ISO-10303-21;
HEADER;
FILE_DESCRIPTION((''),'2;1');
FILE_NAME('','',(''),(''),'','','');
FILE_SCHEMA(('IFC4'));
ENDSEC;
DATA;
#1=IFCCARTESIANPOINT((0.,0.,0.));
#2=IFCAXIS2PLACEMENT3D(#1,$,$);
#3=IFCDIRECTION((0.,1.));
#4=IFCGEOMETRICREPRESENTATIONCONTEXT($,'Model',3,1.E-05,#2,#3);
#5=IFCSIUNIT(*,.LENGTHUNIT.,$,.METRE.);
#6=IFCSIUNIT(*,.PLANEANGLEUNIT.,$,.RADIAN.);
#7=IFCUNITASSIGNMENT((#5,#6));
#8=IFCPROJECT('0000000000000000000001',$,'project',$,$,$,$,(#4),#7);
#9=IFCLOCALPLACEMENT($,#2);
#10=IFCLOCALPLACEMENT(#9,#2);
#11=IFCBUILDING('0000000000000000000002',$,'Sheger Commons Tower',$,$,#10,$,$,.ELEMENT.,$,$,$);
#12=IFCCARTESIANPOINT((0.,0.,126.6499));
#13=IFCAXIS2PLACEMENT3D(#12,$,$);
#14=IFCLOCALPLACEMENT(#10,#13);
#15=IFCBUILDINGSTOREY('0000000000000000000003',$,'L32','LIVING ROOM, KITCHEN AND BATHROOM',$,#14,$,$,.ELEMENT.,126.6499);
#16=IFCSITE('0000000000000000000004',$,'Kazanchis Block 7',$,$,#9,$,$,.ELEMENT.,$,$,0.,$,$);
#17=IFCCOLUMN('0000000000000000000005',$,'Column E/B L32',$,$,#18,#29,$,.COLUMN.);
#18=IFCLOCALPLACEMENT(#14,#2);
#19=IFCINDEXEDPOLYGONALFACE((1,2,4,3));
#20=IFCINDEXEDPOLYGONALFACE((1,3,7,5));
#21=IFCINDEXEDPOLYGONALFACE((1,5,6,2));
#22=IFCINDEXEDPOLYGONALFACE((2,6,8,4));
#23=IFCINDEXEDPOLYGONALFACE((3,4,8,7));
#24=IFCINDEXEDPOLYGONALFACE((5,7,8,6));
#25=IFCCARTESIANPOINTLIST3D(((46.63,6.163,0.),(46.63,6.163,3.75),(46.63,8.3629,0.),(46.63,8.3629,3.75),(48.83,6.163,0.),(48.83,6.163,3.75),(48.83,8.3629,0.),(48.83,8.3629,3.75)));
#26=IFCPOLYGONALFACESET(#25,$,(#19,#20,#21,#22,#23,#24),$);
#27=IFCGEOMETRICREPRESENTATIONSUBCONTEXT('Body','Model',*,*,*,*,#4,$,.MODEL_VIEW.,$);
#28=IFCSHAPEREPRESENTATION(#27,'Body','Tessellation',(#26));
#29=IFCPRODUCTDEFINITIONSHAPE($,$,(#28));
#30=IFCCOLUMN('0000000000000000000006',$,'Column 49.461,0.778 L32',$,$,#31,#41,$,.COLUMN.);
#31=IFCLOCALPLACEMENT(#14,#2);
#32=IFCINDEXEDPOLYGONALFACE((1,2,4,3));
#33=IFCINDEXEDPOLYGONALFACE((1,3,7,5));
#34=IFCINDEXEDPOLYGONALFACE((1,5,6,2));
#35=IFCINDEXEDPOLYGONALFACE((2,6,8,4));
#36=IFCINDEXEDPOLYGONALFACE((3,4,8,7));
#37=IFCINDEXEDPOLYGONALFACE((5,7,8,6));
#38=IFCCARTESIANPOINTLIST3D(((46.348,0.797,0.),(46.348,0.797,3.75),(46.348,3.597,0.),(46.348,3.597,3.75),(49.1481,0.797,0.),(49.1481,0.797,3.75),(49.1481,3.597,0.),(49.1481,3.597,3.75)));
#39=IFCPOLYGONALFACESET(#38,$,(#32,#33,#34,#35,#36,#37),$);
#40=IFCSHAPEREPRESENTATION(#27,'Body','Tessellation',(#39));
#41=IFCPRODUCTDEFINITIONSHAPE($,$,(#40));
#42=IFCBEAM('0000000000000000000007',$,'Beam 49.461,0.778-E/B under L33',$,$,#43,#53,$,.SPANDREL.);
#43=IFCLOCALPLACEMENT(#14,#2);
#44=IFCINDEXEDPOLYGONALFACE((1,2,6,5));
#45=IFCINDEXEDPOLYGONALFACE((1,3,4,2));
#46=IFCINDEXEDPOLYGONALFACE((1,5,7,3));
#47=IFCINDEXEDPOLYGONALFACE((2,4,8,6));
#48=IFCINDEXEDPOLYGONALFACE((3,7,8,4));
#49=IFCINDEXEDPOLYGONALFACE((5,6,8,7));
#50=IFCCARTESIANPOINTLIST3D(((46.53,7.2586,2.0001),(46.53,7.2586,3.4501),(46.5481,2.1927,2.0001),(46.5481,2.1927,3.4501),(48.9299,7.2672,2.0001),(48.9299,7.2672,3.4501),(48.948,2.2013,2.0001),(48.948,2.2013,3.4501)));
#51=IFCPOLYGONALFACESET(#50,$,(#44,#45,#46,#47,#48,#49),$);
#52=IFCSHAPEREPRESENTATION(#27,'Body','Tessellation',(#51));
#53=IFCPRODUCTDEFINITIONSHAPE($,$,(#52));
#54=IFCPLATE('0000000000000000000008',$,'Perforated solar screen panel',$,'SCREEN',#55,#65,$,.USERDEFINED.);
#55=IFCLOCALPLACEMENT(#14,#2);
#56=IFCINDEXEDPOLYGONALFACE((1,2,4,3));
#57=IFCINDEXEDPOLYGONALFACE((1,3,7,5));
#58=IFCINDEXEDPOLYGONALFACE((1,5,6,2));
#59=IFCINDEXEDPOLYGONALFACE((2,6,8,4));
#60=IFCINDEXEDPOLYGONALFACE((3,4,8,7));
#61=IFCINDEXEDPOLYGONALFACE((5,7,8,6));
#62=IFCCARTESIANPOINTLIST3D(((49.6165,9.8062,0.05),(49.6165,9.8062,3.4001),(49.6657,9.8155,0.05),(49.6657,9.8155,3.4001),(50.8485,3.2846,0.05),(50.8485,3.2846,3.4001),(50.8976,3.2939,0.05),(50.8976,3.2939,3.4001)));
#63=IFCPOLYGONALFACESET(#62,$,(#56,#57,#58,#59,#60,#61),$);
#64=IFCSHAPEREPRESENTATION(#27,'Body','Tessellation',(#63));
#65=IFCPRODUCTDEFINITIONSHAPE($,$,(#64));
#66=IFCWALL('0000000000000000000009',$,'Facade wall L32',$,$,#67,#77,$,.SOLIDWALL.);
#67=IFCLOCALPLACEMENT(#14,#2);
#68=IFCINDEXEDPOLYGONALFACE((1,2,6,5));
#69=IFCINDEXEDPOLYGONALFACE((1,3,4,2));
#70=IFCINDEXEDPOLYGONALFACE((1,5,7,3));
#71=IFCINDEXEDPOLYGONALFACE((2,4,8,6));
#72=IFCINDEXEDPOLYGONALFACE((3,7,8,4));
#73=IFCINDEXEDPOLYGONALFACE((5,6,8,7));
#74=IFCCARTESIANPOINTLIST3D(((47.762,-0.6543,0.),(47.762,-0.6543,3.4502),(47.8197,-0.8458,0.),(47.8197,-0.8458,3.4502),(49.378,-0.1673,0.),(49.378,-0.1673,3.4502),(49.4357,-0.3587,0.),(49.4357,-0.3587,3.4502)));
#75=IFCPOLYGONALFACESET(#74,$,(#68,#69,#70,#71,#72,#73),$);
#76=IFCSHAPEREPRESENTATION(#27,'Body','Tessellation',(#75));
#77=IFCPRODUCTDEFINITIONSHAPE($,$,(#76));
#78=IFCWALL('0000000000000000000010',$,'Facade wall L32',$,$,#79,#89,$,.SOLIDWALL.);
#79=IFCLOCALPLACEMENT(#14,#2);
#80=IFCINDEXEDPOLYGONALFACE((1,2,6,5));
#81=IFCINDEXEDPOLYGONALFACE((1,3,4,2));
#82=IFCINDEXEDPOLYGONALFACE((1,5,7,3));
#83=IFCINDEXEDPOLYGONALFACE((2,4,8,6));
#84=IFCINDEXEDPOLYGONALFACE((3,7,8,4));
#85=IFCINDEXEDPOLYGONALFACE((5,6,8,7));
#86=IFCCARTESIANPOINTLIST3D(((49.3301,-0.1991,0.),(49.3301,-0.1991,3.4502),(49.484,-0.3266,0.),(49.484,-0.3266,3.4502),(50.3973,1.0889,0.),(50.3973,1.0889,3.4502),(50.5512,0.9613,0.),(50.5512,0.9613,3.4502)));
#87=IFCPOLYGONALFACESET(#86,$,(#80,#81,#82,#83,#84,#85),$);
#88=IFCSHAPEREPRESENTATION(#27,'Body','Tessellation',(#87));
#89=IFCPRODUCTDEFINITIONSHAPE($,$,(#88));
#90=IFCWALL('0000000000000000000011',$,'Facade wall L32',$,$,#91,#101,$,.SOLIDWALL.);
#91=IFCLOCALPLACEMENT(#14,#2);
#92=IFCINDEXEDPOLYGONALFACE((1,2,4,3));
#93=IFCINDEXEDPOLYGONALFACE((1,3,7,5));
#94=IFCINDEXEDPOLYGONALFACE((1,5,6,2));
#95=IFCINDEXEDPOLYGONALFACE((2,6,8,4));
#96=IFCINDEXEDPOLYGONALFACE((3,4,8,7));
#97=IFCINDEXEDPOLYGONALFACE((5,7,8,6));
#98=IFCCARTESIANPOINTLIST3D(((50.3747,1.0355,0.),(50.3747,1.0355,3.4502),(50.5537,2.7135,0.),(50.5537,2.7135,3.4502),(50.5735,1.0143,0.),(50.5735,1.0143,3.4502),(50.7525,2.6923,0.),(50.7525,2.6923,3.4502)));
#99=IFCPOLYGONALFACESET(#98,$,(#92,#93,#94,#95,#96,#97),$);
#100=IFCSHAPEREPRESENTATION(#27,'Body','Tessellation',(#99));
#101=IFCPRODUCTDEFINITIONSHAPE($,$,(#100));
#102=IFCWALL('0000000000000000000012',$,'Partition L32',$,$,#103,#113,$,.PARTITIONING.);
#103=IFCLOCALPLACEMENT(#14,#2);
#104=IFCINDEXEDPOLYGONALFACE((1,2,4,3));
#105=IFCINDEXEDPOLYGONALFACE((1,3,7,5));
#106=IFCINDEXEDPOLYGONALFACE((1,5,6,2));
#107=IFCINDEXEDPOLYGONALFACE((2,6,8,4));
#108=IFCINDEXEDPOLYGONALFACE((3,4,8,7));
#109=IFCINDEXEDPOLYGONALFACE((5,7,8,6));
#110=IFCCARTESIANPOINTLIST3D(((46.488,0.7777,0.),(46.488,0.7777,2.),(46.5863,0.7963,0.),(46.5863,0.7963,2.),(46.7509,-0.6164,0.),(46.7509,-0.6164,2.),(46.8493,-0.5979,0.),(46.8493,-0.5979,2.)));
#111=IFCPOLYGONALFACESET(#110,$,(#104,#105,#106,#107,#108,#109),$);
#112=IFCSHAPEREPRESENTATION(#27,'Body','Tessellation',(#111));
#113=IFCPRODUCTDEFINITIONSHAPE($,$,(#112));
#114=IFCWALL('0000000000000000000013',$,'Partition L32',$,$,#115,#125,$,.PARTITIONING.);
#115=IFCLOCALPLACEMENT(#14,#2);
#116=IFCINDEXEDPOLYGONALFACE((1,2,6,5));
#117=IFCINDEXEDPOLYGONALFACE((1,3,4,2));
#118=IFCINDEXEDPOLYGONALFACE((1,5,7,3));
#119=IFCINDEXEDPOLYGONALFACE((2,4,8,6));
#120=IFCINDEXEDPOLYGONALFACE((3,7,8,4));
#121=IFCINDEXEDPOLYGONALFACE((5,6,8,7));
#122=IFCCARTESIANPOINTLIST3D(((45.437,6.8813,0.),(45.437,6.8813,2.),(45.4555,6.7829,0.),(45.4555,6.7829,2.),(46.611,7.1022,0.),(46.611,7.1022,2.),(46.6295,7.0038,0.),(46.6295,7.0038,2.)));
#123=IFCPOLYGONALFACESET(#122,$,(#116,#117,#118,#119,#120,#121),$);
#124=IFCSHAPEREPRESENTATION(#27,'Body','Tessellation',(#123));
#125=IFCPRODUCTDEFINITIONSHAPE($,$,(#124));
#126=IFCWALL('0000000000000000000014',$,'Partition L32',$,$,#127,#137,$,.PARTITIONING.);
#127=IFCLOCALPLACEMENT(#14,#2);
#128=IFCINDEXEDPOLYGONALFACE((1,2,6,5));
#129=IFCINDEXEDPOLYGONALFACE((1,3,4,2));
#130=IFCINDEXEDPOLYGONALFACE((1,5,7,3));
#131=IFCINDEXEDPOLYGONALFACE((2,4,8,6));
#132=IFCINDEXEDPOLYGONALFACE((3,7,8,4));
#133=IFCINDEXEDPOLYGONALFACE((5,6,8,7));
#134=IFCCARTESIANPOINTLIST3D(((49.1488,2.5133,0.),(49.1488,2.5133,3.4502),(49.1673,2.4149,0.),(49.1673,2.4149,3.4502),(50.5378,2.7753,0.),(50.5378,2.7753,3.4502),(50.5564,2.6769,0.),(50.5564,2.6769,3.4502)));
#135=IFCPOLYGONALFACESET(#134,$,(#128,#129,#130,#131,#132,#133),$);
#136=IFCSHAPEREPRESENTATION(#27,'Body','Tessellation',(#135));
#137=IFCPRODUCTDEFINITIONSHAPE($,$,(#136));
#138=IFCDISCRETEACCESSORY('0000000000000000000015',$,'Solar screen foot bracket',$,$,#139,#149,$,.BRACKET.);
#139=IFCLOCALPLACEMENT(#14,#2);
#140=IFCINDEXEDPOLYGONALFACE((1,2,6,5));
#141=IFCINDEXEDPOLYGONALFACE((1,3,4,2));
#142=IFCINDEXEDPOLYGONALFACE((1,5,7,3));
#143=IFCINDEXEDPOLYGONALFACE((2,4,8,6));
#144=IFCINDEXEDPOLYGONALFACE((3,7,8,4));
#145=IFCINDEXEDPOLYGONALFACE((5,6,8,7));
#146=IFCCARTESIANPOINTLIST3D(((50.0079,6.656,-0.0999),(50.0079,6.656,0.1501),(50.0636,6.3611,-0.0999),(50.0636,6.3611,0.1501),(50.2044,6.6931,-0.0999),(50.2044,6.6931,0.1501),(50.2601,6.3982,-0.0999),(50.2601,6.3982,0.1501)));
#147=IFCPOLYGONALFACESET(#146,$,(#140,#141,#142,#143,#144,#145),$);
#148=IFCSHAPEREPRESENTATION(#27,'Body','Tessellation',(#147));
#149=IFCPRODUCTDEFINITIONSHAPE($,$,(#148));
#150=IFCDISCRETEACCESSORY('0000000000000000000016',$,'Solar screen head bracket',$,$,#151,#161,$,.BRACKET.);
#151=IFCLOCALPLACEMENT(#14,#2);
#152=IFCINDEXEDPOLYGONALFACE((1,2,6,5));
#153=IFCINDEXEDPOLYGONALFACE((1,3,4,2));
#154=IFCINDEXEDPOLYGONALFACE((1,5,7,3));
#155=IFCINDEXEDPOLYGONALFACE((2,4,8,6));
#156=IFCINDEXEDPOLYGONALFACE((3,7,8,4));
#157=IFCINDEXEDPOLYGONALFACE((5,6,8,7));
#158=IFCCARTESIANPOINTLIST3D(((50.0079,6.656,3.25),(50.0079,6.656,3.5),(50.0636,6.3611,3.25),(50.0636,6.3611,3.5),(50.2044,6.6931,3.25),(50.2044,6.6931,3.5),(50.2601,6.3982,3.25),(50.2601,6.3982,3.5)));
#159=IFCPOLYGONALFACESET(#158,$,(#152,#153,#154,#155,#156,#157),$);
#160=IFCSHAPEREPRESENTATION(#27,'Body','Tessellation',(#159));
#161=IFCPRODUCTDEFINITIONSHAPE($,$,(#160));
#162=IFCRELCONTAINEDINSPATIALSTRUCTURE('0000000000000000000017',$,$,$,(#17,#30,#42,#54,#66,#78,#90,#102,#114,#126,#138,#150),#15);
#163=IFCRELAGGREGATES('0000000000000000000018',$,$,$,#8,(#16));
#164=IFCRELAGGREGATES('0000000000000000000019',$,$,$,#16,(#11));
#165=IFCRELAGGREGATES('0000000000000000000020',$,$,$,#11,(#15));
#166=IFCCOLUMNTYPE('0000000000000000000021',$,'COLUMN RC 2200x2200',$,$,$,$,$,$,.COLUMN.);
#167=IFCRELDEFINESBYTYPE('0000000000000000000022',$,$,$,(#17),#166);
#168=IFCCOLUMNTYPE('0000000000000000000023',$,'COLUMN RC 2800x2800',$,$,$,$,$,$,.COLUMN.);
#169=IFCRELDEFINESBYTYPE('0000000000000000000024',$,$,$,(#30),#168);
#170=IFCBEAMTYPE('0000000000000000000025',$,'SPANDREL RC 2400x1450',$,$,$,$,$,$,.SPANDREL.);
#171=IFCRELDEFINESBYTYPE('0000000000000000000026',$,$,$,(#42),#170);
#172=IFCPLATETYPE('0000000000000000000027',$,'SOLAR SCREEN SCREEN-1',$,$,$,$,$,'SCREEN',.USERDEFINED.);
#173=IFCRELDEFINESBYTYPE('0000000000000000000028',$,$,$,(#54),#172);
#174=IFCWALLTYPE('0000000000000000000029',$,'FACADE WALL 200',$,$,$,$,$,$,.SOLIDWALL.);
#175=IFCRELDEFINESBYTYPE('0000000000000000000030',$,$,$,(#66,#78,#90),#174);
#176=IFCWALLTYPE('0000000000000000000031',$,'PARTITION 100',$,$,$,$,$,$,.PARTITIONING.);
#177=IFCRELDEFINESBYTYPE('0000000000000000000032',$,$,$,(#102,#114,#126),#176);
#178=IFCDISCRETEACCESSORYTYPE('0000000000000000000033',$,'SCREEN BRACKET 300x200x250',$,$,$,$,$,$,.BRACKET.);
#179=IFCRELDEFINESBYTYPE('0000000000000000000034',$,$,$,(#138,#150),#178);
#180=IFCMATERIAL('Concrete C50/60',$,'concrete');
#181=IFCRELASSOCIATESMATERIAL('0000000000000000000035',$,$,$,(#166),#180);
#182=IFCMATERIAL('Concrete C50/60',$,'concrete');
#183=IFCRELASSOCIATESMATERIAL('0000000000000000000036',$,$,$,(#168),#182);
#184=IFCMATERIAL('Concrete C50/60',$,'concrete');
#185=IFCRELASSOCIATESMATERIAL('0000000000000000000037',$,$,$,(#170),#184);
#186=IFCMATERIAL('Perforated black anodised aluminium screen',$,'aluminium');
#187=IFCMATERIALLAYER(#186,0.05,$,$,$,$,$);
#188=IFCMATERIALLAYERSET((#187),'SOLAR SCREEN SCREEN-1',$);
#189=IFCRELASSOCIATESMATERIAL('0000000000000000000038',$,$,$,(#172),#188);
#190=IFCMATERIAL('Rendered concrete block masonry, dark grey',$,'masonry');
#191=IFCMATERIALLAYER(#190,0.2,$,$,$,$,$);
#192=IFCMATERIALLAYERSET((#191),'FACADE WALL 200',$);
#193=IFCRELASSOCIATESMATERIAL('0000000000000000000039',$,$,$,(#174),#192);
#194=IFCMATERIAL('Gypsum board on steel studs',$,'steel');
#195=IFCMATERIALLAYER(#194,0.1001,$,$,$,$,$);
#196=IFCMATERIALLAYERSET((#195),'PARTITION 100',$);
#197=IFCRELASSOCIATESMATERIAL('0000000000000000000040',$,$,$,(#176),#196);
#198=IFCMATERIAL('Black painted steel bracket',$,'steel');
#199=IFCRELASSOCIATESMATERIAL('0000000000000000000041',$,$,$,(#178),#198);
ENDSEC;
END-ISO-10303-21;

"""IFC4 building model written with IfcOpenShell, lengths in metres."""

from ifc_helpers import new_model, si_unit, direction, frame, frame_2d, origin, origin_2d, place, context, subcontext, project, spatial, rectangle, extrude, material, layer, layer_set, material_profile, profile_set, type_object, element, save


model = new_model("IFC4")

# Units and contexts
model_context = context("Model", 3, precision=1e-05, world=origin(), true_north=direction((0.0, 1.0)))
body_context = subcontext(model_context, "Body", "Model", "MODEL_VIEW")
ifc_project = project(units=[si_unit("LENGTHUNIT", "METRE"), si_unit("PLANEANGLEUNIT", "RADIAN")], contexts=[model_context])

# Site, building, storey
site_placement = place(None, origin())
site = spatial("IfcSite", under=ifc_project, at=site_placement, Name="Kazanchis Block 7", CompositionType="ELEMENT", RefElevation=0.0)
building_placement = place(site_placement, origin())
building = spatial("IfcBuilding", under=site, at=building_placement, Name="Sheger Commons Tower", CompositionType="ELEMENT")
storey_placement = place(building_placement, frame((0.0, 0.0, 126.6499)))
storey = spatial("IfcBuildingStorey", under=building, at=storey_placement, Name="L32", Description="LIVING ROOM, KITCHEN AND BATHROOM", CompositionType="ELEMENT", Elevation=126.6499)

# Columns
ifc_material_1 = material(Name="Concrete C50/60", Category="concrete")
ifc_material_profile_1 = material_profile(ifc_material_1, rectangle(XDim=2.2, YDim=2.2, at=origin_2d()), Name="RC 2200x2200")
ifc_profile_set_1 = profile_set([ifc_material_profile_1], Name="Concrete C50/60")
column_type_1 = type_object("IfcColumnType", Name="COLUMN RC 2200x2200", PredefinedType="COLUMN", material=ifc_profile_set_1)
column_1_placement = place(storey_placement, frame((47.73, 7.2629, 0.0), z_axis=(0.0, 0.0, 1.0), x_axis=(1.0, 0.0, 0.0)))
element("IfcColumn", 1, at=column_1_placement, inside=storey, type_object=column_type_1, Name="Column E/B L32", PredefinedType="COLUMN", context=body_context, shape_type="SweptSolid", body=[
    extrude(rectangle(XDim=2.2, YDim=2.2, at=origin_2d()), origin(), (0.0, 0.0, 1.0), 3.75),
])
ifc_material_2 = material(Name="Concrete C50/60", Category="concrete")
ifc_material_profile_2 = material_profile(ifc_material_2, rectangle(XDim=2.8, YDim=2.8, at=origin_2d()), Name="RC 2800x2800")
ifc_profile_set_2 = profile_set([ifc_material_profile_2], Name="Concrete C50/60")
column_type_2 = type_object("IfcColumnType", Name="COLUMN RC 2800x2800", PredefinedType="COLUMN", material=ifc_profile_set_2)
column_2_placement = place(storey_placement, frame((47.748, 2.197, 0.0), z_axis=(0.0, 0.0, 1.0), x_axis=(1.0, 0.0, 0.0)))
element("IfcColumn", 2, at=column_2_placement, inside=storey, type_object=column_type_2, Name="Column 49.461,0.778 L32", PredefinedType="COLUMN", context=body_context, shape_type="SweptSolid", body=[
    extrude(rectangle(XDim=2.8, YDim=2.8, at=origin_2d()), origin(), (0.0, 0.0, 1.0), 3.75),
])

# Beam
ifc_material_3 = material(Name="Concrete C50/60", Category="concrete")
ifc_material_profile_3 = material_profile(ifc_material_3, rectangle(XDim=2.3999, YDim=1.45, at=origin_2d()), Name="RC 2400x1450")
ifc_profile_set_3 = profile_set([ifc_material_profile_3], Name="Concrete C50/60")
beam_type = type_object("IfcBeamType", Name="SPANDREL RC 2400x1450", PredefinedType="SPANDREL", material=ifc_profile_set_3)
beam_placement = place(storey_placement, frame((47.748, 2.197, 2.7251), z_axis=(-0.003566, 0.999994, 0.0), x_axis=(-0.999994, -0.003566, 0.0)))
element("IfcBeam", 3, at=beam_placement, inside=storey, type_object=beam_type, Name="Beam 49.461,0.778-E/B under L33", PredefinedType="SPANDREL", context=body_context, shape_type="SweptSolid", body=[
    extrude(rectangle(XDim=2.3999, YDim=1.45, at=origin_2d()), origin(), (0.0, 0.0, 1.0), 5.0659),
])

# Plate
ifc_material_4 = material(Name="Perforated black anodised aluminium screen", Category="aluminium")
ifc_layer_1 = layer(ifc_material_4, 0.05)
ifc_layer_set_1 = layer_set([ifc_layer_1], Name="SOLAR SCREEN SCREEN-1")
plate_type = type_object("IfcPlateType", Name="SOLAR SCREEN SCREEN-1", ElementType="SCREEN", PredefinedType="USERDEFINED", material=ifc_layer_set_1)
plate_placement = place(storey_placement, frame((50.2571, 6.55, 0.05), z_axis=(0.0, 0.0, 1.0), x_axis=(-0.185615, 0.982623, 0.0)))
element("IfcPlate", 4, at=plate_placement, inside=storey, type_object=plate_type, Name="Perforated solar screen panel", ObjectType="SCREEN", PredefinedType="USERDEFINED", context=body_context, shape_type="SweptSolid", body=[
    extrude(rectangle(XDim=6.637, YDim=0.05, at=origin_2d()), origin(), (0.0, 0.0, 1.0), 3.3501),
])

# Walls
ifc_material_5 = material(Name="Rendered concrete block masonry, dark grey", Category="masonry")
ifc_layer_2 = layer(ifc_material_5, 0.2)
ifc_layer_set_2 = layer_set([ifc_layer_2], Name="FACADE WALL 200")
wall_type_1 = type_object("IfcWallType", Name="FACADE WALL 200", PredefinedType="SOLIDWALL", material=ifc_layer_set_2)
wall_1_placement = place(storey_placement, frame((47.791, -0.75, 0.0), z_axis=(0.0, 0.0, 1.0), x_axis=(0.957455, 0.288582, 0.0)))
element("IfcWall", 5, at=wall_1_placement, inside=storey, type_object=wall_type_1, Name="Facade wall L32", PredefinedType="SOLIDWALL", context=body_context, shape_type="SweptSolid", body=[
    extrude(rectangle(XDim=1.6877, YDim=0.2, at=frame_2d((0.8438, 0.0))), origin(), (0.0, 0.0, 1.0), 3.4502),
])
wall_2_placement = place(storey_placement, frame((49.407, -0.2629, 0.0), z_axis=(0.0, 0.0, 1.0), x_axis=(0.638043, 0.770001, 0.0)))
element("IfcWall", 6, at=wall_2_placement, inside=storey, type_object=wall_type_1, Name="Facade wall L32", PredefinedType="SOLIDWALL", context=body_context, shape_type="SweptSolid", body=[
    extrude(rectangle(XDim=1.6726, YDim=0.2, at=frame_2d((0.8364, 0.0))), origin(), (0.0, 0.0, 1.0), 3.4502),
])
wall_3_placement = place(storey_placement, frame((50.4741, 1.0249, 0.0), z_axis=(0.0, 0.0, 1.0), x_axis=(0.106048, 0.994361, 0.0)))
element("IfcWall", 7, at=wall_3_placement, inside=storey, type_object=wall_type_1, Name="Facade wall L32", PredefinedType="SOLIDWALL", context=body_context, shape_type="SweptSolid", body=[
    extrude(rectangle(XDim=1.6875, YDim=0.2, at=frame_2d((0.8438, 0.0))), origin(), (0.0, 0.0, 1.0), 3.4502),
])

# Walls
ifc_material_6 = material(Name="Gypsum board on steel studs", Category="steel")
ifc_layer_3 = layer(ifc_material_6, 0.1001)
ifc_layer_set_3 = layer_set([ifc_layer_3], Name="PARTITION 100")
wall_type_2 = type_object("IfcWallType", Name="PARTITION 100", PredefinedType="PARTITIONING", material=ifc_layer_set_3)
wall_4_placement = place(storey_placement, frame((46.5371, 0.7871, 0.0), z_axis=(0.0, 0.0, 1.0), x_axis=(0.185348, -0.982673, 0.0)))
element("IfcWall", 8, at=wall_4_placement, inside=storey, type_object=wall_type_2, Name="Partition L32", PredefinedType="PARTITIONING", context=body_context, shape_type="SweptSolid", body=[
    extrude(rectangle(XDim=1.4187, YDim=0.1001, at=frame_2d((0.7095, 0.0))), origin(), (0.0, 0.0, 1.0), 2.0),
])
wall_5_placement = place(storey_placement, frame((46.6201, 7.053, 0.0), z_axis=(0.0, 0.0, 1.0), x_axis=(-0.982749, -0.184942, 0.0)))
element("IfcWall", 9, at=wall_5_placement, inside=storey, type_object=wall_type_2, Name="Partition L32", PredefinedType="PARTITIONING", context=body_context, shape_type="SweptSolid", body=[
    extrude(rectangle(XDim=1.1946, YDim=0.1001, at=frame_2d((0.5972, 0.0))), origin(), (0.0, 0.0, 1.0), 2.0),
])
wall_6_placement = place(storey_placement, frame((50.5471, 2.7261, 0.0), z_axis=(0.0, 0.0, 1.0), x_axis=(-0.98268, -0.18531, 0.0)))
element("IfcWall", 10, at=wall_6_placement, inside=storey, type_object=wall_type_2, Name="Partition L32", PredefinedType="PARTITIONING", context=body_context, shape_type="SweptSolid", body=[
    extrude(rectangle(XDim=1.4136, YDim=0.1001, at=frame_2d((0.7068, 0.0))), origin(), (0.0, 0.0, 1.0), 3.4502),
])

# Discrete accessories
ifc_material_7 = material(Name="Black painted steel bracket", Category="steel")
discrete_accessory_type = type_object("IfcDiscreteAccessoryType", Name="SCREEN BRACKET 300x200x250", PredefinedType="BRACKET", material=ifc_material_7)
for number, where, z_axis, x_axis, name in (
    (11, (50.134, 6.5271, -0.0999), (0.0, 0.0, 1.0), (-0.185615, 0.982623, 0.0), "Solar screen foot bracket"),
    (12, (50.134, 6.5271, 3.25), (0.0, 0.0, 1.0), (-0.185615, 0.982623, 0.0), "Solar screen head bracket"),
):
    element("IfcDiscreteAccessory", number, at=place(storey_placement, frame(where, z_axis=z_axis, x_axis=x_axis)), inside=storey, type_object=discrete_accessory_type, Name=name, PredefinedType="BRACKET", context=body_context, shape_type="SweptSolid", body=[
        extrude(rectangle(XDim=0.3, YDim=0.2, at=origin_2d()), origin(), (0.0, 0.0, 1.0), 0.25),
    ])

save(model, "model.ifc")
